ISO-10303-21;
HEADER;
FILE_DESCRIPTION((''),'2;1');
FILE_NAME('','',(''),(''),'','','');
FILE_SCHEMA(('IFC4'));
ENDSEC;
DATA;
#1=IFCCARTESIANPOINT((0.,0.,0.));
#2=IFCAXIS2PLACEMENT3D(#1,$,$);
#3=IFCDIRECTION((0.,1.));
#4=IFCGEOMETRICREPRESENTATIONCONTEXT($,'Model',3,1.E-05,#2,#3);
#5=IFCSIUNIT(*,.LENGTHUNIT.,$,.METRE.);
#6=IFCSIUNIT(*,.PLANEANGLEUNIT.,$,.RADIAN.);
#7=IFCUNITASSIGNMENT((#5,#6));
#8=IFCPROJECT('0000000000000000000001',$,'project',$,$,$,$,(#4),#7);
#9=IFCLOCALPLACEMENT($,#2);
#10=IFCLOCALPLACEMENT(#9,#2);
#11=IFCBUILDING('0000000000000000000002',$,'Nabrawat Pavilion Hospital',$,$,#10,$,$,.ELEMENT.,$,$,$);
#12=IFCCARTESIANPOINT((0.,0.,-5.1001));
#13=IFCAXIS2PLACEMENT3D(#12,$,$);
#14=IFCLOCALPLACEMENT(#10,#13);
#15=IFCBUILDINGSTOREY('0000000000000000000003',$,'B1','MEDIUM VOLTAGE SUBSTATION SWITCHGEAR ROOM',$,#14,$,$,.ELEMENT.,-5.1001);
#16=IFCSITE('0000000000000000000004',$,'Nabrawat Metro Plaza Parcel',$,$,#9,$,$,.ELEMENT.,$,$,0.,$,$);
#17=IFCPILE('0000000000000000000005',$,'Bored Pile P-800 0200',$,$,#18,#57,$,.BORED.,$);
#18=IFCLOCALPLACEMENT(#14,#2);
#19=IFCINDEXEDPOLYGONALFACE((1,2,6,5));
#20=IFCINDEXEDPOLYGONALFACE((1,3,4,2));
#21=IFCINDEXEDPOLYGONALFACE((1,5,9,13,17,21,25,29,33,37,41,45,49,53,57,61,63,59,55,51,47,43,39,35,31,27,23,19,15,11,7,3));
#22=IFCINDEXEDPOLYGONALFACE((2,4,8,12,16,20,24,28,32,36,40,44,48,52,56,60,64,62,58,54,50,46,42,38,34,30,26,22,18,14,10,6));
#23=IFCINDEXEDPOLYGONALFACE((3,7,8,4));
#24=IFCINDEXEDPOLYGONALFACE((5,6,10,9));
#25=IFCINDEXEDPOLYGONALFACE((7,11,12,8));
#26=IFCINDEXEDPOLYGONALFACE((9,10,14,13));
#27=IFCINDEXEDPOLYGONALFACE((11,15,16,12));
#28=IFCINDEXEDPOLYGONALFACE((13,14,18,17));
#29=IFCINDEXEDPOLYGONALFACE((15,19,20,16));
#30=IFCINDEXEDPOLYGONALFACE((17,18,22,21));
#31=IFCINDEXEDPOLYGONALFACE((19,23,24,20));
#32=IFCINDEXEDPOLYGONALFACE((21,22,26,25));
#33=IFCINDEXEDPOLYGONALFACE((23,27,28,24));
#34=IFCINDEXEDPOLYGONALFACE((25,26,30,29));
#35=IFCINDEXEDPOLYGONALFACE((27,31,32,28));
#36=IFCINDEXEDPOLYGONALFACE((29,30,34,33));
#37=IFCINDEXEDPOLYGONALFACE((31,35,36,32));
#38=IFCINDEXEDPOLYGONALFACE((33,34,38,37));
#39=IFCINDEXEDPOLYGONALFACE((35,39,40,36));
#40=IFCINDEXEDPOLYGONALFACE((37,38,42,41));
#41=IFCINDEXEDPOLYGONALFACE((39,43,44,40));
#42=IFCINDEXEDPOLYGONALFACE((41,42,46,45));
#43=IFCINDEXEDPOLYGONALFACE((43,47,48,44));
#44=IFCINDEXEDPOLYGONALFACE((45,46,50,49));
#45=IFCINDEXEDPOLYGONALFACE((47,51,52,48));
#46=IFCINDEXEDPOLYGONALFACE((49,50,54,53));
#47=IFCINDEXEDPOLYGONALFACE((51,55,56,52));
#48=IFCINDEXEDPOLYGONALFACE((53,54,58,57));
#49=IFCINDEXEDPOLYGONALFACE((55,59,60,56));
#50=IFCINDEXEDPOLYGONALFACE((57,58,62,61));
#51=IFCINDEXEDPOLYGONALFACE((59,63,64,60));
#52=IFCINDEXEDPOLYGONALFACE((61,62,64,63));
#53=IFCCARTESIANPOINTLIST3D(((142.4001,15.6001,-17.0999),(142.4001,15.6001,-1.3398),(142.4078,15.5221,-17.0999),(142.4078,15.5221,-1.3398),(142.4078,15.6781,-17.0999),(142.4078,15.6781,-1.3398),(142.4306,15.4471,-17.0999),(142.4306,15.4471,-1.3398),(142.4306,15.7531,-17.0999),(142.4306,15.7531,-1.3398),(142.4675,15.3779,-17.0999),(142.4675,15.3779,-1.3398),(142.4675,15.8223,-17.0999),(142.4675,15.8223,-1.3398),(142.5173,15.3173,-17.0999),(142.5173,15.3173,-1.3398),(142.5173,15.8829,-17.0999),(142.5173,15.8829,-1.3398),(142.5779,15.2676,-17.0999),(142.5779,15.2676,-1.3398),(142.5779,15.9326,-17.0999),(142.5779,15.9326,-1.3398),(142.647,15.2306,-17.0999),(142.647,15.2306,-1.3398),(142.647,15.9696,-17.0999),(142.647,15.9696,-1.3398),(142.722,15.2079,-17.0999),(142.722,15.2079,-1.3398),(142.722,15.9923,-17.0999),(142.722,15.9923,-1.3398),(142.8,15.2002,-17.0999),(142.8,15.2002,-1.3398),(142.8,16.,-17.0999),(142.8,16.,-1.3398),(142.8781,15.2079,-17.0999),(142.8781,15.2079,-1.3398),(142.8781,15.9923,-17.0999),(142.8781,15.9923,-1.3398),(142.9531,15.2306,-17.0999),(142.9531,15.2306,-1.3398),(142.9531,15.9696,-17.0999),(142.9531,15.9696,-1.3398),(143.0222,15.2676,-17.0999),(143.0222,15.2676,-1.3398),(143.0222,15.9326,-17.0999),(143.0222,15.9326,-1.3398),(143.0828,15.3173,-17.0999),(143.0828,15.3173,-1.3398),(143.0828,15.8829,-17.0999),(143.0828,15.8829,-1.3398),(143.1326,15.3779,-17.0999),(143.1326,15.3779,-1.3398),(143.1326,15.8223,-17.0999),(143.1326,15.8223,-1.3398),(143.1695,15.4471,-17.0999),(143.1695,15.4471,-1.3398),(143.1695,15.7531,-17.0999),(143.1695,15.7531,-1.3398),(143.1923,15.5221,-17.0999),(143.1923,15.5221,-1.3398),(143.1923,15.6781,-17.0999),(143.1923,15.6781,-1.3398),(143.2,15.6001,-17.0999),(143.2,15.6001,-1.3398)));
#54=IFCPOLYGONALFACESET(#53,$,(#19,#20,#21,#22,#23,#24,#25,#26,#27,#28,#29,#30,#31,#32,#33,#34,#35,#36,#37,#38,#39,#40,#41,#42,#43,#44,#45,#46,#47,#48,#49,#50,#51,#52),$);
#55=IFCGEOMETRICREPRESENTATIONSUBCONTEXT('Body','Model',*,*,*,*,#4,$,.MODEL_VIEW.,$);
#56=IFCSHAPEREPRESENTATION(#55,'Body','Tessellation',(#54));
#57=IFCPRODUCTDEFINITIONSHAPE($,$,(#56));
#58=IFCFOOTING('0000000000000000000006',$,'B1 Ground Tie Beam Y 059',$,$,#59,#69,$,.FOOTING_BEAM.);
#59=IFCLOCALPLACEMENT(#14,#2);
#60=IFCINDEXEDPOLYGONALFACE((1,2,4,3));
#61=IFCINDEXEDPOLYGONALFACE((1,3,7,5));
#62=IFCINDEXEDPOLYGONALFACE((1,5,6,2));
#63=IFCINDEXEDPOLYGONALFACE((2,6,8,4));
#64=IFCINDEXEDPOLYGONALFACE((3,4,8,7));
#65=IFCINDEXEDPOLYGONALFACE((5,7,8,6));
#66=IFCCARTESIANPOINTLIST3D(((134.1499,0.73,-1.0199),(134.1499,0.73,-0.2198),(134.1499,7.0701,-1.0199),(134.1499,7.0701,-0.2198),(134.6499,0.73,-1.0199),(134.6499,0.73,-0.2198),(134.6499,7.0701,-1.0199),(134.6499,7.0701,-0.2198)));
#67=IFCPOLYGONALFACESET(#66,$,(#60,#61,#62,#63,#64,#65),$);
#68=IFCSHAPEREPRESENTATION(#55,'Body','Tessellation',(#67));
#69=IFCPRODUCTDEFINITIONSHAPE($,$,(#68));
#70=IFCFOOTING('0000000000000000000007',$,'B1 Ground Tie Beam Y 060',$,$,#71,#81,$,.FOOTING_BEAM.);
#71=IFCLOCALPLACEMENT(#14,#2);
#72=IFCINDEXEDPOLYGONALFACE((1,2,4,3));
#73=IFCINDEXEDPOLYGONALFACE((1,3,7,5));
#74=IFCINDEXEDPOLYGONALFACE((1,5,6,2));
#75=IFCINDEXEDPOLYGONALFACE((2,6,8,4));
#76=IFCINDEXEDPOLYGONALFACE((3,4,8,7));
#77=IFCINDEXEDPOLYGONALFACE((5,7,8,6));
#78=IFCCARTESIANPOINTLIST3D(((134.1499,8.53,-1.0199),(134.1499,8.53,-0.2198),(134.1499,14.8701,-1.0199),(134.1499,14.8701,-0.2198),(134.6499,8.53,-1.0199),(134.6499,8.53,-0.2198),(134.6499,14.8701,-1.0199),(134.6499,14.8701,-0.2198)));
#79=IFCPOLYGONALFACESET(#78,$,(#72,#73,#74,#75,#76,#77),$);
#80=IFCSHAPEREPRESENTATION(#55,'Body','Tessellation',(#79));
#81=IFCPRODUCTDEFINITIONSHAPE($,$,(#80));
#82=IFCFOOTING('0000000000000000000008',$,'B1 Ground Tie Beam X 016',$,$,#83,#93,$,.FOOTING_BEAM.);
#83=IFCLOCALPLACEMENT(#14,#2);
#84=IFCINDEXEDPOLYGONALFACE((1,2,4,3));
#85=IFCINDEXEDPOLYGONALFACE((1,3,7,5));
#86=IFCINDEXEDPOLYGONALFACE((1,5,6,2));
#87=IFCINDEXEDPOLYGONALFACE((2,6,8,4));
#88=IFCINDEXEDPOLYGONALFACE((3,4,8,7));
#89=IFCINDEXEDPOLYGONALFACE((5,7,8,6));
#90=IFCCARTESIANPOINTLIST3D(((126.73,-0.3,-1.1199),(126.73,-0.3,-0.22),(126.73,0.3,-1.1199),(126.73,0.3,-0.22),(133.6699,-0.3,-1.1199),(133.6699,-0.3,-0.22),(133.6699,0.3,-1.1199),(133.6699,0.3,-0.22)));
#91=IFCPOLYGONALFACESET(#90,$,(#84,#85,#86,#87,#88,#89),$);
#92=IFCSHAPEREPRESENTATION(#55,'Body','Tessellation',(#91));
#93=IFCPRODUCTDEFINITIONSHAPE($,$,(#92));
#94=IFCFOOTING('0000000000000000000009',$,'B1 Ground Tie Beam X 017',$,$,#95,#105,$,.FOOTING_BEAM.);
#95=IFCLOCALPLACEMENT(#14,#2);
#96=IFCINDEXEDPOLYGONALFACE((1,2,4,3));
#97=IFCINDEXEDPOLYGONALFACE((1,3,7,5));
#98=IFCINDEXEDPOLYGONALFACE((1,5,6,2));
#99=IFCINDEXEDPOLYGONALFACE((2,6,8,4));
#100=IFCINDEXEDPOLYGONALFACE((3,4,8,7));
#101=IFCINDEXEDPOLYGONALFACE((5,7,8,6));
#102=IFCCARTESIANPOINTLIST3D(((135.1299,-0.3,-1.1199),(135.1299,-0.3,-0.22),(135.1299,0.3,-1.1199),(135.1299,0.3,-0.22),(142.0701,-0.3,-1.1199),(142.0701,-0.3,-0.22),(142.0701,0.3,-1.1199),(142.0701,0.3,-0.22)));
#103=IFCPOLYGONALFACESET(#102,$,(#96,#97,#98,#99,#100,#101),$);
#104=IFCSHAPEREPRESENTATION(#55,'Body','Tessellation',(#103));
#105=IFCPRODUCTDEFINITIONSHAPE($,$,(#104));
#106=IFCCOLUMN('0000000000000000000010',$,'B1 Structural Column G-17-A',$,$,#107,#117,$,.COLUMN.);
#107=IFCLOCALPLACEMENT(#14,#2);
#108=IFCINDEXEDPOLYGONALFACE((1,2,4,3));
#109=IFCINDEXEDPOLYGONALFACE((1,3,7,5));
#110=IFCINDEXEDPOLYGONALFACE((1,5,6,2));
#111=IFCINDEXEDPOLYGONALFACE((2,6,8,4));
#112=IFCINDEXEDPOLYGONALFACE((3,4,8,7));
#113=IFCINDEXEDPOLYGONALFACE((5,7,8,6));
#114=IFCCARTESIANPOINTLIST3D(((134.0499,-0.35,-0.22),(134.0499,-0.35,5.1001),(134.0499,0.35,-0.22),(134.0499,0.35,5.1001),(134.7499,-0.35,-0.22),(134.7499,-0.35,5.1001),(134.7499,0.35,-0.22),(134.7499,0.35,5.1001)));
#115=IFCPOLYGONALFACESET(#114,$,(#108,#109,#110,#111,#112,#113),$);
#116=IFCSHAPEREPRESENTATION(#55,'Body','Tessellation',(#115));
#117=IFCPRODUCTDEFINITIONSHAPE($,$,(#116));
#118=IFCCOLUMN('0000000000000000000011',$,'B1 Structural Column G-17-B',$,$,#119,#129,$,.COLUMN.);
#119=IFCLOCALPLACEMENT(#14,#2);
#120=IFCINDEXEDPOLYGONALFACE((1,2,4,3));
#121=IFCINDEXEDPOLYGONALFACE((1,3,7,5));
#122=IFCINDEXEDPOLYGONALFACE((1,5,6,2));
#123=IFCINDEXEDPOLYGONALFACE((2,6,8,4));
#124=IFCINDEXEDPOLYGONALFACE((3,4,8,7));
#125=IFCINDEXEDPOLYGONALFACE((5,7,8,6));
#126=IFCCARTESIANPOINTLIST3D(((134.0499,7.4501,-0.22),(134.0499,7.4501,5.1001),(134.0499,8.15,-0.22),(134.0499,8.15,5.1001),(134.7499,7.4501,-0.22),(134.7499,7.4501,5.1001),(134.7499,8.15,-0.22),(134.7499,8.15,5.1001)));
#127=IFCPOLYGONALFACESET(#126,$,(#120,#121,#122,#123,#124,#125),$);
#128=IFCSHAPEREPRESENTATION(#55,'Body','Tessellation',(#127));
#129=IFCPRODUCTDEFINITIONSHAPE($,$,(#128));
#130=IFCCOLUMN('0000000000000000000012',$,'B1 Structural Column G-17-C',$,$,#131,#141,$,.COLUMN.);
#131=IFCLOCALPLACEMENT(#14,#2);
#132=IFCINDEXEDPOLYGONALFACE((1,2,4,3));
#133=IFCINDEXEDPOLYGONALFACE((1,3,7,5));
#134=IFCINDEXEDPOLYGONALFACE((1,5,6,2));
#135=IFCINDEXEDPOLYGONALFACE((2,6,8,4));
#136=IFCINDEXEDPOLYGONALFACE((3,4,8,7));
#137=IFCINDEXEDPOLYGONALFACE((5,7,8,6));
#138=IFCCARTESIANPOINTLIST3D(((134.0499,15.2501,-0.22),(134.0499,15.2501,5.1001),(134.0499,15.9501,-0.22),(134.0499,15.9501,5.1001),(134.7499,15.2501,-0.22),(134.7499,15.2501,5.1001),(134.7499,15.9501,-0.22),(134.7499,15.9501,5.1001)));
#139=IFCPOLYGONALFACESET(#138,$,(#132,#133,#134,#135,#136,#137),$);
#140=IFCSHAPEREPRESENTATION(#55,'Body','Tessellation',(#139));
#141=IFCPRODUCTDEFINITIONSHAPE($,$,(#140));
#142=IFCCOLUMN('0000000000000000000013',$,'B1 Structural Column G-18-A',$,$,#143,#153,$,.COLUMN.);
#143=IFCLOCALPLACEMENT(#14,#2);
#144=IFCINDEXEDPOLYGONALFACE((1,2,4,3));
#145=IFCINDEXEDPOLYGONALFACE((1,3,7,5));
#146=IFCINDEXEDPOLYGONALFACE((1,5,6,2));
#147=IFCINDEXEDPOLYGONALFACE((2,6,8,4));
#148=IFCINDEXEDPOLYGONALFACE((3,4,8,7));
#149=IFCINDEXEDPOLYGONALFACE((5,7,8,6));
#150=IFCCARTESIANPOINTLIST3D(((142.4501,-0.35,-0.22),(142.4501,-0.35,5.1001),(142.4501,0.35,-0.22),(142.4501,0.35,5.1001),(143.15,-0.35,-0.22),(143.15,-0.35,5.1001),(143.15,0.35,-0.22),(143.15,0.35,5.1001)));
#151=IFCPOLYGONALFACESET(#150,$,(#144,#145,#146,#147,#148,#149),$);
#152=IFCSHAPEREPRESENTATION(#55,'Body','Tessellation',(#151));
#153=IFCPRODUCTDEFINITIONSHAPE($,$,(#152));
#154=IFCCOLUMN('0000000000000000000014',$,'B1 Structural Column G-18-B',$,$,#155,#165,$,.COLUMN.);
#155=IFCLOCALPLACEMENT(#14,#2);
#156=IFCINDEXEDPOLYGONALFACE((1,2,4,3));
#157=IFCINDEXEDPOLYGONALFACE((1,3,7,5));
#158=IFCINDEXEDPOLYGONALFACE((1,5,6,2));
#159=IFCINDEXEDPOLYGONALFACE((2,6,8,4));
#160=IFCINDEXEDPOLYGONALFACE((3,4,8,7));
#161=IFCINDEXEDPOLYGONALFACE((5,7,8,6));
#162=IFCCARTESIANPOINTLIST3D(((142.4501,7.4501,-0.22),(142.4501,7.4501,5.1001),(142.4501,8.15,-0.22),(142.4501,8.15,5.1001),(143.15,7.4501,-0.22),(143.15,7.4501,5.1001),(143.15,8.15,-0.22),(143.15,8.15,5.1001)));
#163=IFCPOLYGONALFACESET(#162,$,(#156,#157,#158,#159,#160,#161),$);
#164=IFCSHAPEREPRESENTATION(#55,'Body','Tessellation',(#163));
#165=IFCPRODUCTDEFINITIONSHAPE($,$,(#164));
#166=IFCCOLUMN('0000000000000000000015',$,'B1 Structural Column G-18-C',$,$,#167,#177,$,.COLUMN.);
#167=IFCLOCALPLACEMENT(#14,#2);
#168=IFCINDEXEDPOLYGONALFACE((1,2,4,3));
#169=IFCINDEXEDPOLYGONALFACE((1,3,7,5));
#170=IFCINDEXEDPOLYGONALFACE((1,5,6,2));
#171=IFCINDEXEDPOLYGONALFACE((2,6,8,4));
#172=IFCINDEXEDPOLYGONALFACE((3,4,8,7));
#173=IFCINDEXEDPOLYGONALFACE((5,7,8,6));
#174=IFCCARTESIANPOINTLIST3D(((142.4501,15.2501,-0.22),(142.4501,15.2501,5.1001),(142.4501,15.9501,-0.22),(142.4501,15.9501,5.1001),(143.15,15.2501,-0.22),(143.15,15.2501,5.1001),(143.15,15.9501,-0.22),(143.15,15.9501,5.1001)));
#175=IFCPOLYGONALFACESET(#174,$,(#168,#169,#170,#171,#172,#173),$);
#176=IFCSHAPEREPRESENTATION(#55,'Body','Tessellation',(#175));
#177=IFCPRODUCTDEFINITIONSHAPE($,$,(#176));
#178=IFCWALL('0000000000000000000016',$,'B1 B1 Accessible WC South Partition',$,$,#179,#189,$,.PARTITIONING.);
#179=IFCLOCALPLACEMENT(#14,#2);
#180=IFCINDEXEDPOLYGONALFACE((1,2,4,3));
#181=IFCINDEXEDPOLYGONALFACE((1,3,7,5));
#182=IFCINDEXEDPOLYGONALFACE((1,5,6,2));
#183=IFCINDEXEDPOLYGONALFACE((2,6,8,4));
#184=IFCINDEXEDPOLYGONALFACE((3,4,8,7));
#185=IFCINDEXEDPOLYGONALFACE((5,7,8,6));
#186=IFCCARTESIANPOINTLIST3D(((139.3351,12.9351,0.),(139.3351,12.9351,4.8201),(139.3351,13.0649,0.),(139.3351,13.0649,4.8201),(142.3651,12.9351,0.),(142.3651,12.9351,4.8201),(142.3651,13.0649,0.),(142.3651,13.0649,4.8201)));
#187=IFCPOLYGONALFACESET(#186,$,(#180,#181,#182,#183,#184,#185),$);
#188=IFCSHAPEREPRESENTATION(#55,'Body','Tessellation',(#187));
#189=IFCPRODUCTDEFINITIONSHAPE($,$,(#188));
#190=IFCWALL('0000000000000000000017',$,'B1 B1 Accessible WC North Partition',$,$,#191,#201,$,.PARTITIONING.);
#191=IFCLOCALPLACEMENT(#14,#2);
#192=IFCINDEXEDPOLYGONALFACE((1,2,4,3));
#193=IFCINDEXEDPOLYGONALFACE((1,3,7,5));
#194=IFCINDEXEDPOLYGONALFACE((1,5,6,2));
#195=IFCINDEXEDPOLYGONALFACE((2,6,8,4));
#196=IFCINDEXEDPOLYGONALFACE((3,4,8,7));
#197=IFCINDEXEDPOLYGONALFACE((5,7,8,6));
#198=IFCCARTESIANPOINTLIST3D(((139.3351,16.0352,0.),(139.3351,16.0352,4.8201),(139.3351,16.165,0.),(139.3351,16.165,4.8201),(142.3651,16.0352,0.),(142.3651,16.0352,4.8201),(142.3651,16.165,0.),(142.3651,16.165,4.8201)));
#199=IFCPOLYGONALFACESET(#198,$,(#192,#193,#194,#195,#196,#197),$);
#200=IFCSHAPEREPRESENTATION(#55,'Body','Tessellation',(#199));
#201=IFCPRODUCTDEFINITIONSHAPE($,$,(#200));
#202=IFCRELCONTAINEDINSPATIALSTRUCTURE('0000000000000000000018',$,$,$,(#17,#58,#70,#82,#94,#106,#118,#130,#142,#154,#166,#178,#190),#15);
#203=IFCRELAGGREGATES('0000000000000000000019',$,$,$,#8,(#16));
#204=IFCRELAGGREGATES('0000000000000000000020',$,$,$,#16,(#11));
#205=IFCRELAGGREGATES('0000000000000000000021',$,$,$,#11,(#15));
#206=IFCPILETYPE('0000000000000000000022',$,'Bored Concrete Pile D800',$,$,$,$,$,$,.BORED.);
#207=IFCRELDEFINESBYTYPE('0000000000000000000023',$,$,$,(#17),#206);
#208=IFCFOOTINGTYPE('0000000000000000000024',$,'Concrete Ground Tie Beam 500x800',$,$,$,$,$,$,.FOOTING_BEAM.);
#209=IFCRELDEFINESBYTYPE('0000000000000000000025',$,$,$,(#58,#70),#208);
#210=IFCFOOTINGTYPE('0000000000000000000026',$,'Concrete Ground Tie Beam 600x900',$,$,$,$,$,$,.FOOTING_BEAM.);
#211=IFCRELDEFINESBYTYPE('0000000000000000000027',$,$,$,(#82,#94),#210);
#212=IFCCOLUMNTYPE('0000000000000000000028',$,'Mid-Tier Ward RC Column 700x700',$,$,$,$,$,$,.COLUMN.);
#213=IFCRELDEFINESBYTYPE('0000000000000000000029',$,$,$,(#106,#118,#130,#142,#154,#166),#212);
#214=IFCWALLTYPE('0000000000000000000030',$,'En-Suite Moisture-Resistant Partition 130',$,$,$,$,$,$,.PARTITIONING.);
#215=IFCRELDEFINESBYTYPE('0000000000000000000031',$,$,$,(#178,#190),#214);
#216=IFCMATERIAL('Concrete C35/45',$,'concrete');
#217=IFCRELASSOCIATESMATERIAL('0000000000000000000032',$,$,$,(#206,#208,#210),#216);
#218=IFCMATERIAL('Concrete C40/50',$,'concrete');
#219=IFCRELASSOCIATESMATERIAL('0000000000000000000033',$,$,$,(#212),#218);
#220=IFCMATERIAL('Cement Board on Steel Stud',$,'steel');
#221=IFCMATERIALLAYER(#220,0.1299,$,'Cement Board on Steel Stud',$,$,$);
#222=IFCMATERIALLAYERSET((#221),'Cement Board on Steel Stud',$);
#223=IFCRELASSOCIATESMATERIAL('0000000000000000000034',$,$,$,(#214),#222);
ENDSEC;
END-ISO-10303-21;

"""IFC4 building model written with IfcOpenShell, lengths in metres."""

from ifc_helpers import new_model, si_unit, direction, frame, frame_2d, origin, origin_2d, place, context, subcontext, project, spatial, rectangle, circle, extrude, material, layer, layer_set, material_profile, profile_set, type_object, element, save


model = new_model("IFC4")

# Units and contexts
model_context = context("Model", 3, precision=1e-05, world=origin(), true_north=direction((0.0, 1.0)))
body_context = subcontext(model_context, "Body", "Model", "MODEL_VIEW")
ifc_project = project(units=[si_unit("LENGTHUNIT", "METRE"), si_unit("PLANEANGLEUNIT", "RADIAN")], contexts=[model_context])

# Site, building, storey
site_placement = place(None, origin())
site = spatial("IfcSite", under=ifc_project, at=site_placement, Name="Nabrawat Metro Plaza Parcel", CompositionType="ELEMENT", RefElevation=0.0)
building_placement = place(site_placement, origin())
building = spatial("IfcBuilding", under=site, at=building_placement, Name="Nabrawat Pavilion Hospital", CompositionType="ELEMENT")
storey_placement = place(building_placement, frame((0.0, 0.0, -5.1001)))
storey = spatial("IfcBuildingStorey", under=building, at=storey_placement, Name="B1", Description="MEDIUM VOLTAGE SUBSTATION SWITCHGEAR ROOM", CompositionType="ELEMENT", Elevation=-5.1001)

# Pile
ifc_material_1 = material(Name="Concrete C35/45", Category="concrete")
ifc_material_profile_1 = material_profile(ifc_material_1, circle(Radius=0.3999, at=origin_2d()), Name="DIA 800")
ifc_profile_set_1 = profile_set([ifc_material_profile_1], Name="Concrete C35/45")
pile_type = type_object("IfcPileType", Name="Bored Concrete Pile D800", PredefinedType="BORED", material=ifc_profile_set_1)
for number, where, z_axis, x_axis, name in (
    (1, (142.8, 15.6001, -1.3398), (0.0, 0.0, -1.0), (1.0, 0.0, 0.0), "Bored Pile P-800 0200"),
):
    element("IfcPile", number, at=place(storey_placement, frame(where, z_axis=z_axis, x_axis=x_axis)), inside=storey, type_object=pile_type, Name=name, PredefinedType="BORED", context=body_context, shape_type="SweptSolid", body=[
        extrude(circle(Radius=0.3999, at=origin_2d()), origin(), (0.0, 0.0, 1.0), 15.76),
    ])

# Footings
ifc_material_profile_2 = material_profile(ifc_material_1, rectangle(XDim=0.5, YDim=0.8, at=origin_2d()), Name="RC 500x800")
ifc_profile_set_2 = profile_set([ifc_material_profile_2], Name="Concrete C35/45")
footing_type_1 = type_object("IfcFootingType", Name="Concrete Ground Tie Beam 500x800", PredefinedType="FOOTING_BEAM", material=ifc_profile_set_2)
for number, where, z_axis, x_axis, name in (
    (2, (134.3999, 0.73, -0.6199), (0.0, 1.0, 0.0), (-1.0, 0.0, 0.0), "B1 Ground Tie Beam Y 059"),
    (3, (134.3999, 8.53, -0.6199), (0.0, 1.0, 0.0), (-1.0, 0.0, 0.0), "B1 Ground Tie Beam Y 060"),
):
    element("IfcFooting", number, at=place(storey_placement, frame(where, z_axis=z_axis, x_axis=x_axis)), inside=storey, type_object=footing_type_1, Name=name, PredefinedType="FOOTING_BEAM", context=body_context, shape_type="SweptSolid", body=[
        extrude(rectangle(XDim=0.5, YDim=0.8, at=origin_2d()), origin(), (0.0, 0.0, 1.0), 6.3401),
    ])
ifc_material_profile_3 = material_profile(ifc_material_1, rectangle(XDim=0.6001, YDim=0.8999, at=origin_2d()), Name="RC 600x900")
ifc_profile_set_3 = profile_set([ifc_material_profile_3], Name="Concrete C35/45")
footing_type_2 = type_object("IfcFootingType", Name="Concrete Ground Tie Beam 600x900", PredefinedType="FOOTING_BEAM", material=ifc_profile_set_3)
footing_1_placement = place(storey_placement, frame((126.73, 0.0, -0.6699), z_axis=(1.0, 0.0, 0.0), x_axis=(0.0, 1.0, 0.0)))
element("IfcFooting", 4, at=footing_1_placement, inside=storey, type_object=footing_type_2, Name="B1 Ground Tie Beam X 016", PredefinedType="FOOTING_BEAM", context=body_context, shape_type="SweptSolid", body=[
    extrude(rectangle(XDim=0.6001, YDim=0.8999, at=origin_2d()), origin(), (0.0, 0.0, 1.0), 6.9399),
])
footing_2_placement = place(storey_placement, frame((135.1299, 0.0, -0.6699), z_axis=(1.0, 0.0, 0.0), x_axis=(0.0, 1.0, 0.0)))
element("IfcFooting", 5, at=footing_2_placement, inside=storey, type_object=footing_type_2, Name="B1 Ground Tie Beam X 017", PredefinedType="FOOTING_BEAM", context=body_context, shape_type="SweptSolid", body=[
    extrude(rectangle(XDim=0.6001, YDim=0.8999, at=origin_2d()), origin(), (0.0, 0.0, 1.0), 6.9402),
])

# Columns
ifc_material_2 = material(Name="Concrete C40/50", Category="concrete")
ifc_material_profile_4 = material_profile(ifc_material_2, rectangle(XDim=0.7, YDim=0.7, at=origin_2d()), Name="RC 700x700")
ifc_profile_set_4 = profile_set([ifc_material_profile_4], Name="Concrete C40/50")
column_type = type_object("IfcColumnType", Name="Mid-Tier Ward RC Column 700x700", PredefinedType="COLUMN", material=ifc_profile_set_4)
for number, where, z_axis, x_axis, name in (
    (6, (134.3999, 0.0, -0.22), (0.0, 0.0, 1.0), (1.0, 0.0, 0.0), "B1 Structural Column G-17-A"),
    (7, (134.3999, 7.8, -0.22), (0.0, 0.0, 1.0), (1.0, 0.0, 0.0), "B1 Structural Column G-17-B"),
    (8, (134.3999, 15.6001, -0.22), (0.0, 0.0, 1.0), (1.0, 0.0, 0.0), "B1 Structural Column G-17-C"),
    (9, (142.8, 0.0, -0.22), (0.0, 0.0, 1.0), (1.0, 0.0, 0.0), "B1 Structural Column G-18-A"),
    (10, (142.8, 7.8, -0.22), (0.0, 0.0, 1.0), (1.0, 0.0, 0.0), "B1 Structural Column G-18-B"),
    (11, (142.8, 15.6001, -0.22), (0.0, 0.0, 1.0), (1.0, 0.0, 0.0), "B1 Structural Column G-18-C"),
):
    element("IfcColumn", number, at=place(storey_placement, frame(where, z_axis=z_axis, x_axis=x_axis)), inside=storey, type_object=column_type, Name=name, PredefinedType="COLUMN", context=body_context, shape_type="SweptSolid", body=[
        extrude(rectangle(XDim=0.7, YDim=0.7, at=origin_2d()), origin(), (0.0, 0.0, 1.0), 5.3201),
    ])

# Walls
ifc_material_3 = material(Name="Cement Board on Steel Stud", Category="steel")
ifc_layer_1 = layer(ifc_material_3, 0.1299, Name="Cement Board on Steel Stud")
ifc_layer_set_1 = layer_set([ifc_layer_1], Name="Cement Board on Steel Stud")
wall_type_1 = type_object("IfcWallType", Name="En-Suite Moisture-Resistant Partition 130", PredefinedType="PARTITIONING", material=ifc_layer_set_1)
for number, where, z_axis, x_axis, name in (
    (12, (139.335, 13.0, 0.0), (0.0, 0.0, 1.0), (1.0, 0.0, 0.0), "B1 B1 Accessible WC South Partition"),
    (13, (139.335, 16.1001, 0.0), (0.0, 0.0, 1.0), (1.0, 0.0, 0.0), "B1 B1 Accessible WC North Partition"),
):
    element("IfcWall", number, at=place(storey_placement, frame(where, z_axis=z_axis, x_axis=x_axis)), inside=storey, type_object=wall_type_1, Name=name, PredefinedType="PARTITIONING", context=body_context, shape_type="SweptSolid", body=[
        extrude(rectangle(XDim=3.03, YDim=0.1299, at=frame_2d((1.5151, 0.0))), origin(), (0.0, 0.0, 1.0), 4.8201),
    ])

save(model, "model.ifc")
